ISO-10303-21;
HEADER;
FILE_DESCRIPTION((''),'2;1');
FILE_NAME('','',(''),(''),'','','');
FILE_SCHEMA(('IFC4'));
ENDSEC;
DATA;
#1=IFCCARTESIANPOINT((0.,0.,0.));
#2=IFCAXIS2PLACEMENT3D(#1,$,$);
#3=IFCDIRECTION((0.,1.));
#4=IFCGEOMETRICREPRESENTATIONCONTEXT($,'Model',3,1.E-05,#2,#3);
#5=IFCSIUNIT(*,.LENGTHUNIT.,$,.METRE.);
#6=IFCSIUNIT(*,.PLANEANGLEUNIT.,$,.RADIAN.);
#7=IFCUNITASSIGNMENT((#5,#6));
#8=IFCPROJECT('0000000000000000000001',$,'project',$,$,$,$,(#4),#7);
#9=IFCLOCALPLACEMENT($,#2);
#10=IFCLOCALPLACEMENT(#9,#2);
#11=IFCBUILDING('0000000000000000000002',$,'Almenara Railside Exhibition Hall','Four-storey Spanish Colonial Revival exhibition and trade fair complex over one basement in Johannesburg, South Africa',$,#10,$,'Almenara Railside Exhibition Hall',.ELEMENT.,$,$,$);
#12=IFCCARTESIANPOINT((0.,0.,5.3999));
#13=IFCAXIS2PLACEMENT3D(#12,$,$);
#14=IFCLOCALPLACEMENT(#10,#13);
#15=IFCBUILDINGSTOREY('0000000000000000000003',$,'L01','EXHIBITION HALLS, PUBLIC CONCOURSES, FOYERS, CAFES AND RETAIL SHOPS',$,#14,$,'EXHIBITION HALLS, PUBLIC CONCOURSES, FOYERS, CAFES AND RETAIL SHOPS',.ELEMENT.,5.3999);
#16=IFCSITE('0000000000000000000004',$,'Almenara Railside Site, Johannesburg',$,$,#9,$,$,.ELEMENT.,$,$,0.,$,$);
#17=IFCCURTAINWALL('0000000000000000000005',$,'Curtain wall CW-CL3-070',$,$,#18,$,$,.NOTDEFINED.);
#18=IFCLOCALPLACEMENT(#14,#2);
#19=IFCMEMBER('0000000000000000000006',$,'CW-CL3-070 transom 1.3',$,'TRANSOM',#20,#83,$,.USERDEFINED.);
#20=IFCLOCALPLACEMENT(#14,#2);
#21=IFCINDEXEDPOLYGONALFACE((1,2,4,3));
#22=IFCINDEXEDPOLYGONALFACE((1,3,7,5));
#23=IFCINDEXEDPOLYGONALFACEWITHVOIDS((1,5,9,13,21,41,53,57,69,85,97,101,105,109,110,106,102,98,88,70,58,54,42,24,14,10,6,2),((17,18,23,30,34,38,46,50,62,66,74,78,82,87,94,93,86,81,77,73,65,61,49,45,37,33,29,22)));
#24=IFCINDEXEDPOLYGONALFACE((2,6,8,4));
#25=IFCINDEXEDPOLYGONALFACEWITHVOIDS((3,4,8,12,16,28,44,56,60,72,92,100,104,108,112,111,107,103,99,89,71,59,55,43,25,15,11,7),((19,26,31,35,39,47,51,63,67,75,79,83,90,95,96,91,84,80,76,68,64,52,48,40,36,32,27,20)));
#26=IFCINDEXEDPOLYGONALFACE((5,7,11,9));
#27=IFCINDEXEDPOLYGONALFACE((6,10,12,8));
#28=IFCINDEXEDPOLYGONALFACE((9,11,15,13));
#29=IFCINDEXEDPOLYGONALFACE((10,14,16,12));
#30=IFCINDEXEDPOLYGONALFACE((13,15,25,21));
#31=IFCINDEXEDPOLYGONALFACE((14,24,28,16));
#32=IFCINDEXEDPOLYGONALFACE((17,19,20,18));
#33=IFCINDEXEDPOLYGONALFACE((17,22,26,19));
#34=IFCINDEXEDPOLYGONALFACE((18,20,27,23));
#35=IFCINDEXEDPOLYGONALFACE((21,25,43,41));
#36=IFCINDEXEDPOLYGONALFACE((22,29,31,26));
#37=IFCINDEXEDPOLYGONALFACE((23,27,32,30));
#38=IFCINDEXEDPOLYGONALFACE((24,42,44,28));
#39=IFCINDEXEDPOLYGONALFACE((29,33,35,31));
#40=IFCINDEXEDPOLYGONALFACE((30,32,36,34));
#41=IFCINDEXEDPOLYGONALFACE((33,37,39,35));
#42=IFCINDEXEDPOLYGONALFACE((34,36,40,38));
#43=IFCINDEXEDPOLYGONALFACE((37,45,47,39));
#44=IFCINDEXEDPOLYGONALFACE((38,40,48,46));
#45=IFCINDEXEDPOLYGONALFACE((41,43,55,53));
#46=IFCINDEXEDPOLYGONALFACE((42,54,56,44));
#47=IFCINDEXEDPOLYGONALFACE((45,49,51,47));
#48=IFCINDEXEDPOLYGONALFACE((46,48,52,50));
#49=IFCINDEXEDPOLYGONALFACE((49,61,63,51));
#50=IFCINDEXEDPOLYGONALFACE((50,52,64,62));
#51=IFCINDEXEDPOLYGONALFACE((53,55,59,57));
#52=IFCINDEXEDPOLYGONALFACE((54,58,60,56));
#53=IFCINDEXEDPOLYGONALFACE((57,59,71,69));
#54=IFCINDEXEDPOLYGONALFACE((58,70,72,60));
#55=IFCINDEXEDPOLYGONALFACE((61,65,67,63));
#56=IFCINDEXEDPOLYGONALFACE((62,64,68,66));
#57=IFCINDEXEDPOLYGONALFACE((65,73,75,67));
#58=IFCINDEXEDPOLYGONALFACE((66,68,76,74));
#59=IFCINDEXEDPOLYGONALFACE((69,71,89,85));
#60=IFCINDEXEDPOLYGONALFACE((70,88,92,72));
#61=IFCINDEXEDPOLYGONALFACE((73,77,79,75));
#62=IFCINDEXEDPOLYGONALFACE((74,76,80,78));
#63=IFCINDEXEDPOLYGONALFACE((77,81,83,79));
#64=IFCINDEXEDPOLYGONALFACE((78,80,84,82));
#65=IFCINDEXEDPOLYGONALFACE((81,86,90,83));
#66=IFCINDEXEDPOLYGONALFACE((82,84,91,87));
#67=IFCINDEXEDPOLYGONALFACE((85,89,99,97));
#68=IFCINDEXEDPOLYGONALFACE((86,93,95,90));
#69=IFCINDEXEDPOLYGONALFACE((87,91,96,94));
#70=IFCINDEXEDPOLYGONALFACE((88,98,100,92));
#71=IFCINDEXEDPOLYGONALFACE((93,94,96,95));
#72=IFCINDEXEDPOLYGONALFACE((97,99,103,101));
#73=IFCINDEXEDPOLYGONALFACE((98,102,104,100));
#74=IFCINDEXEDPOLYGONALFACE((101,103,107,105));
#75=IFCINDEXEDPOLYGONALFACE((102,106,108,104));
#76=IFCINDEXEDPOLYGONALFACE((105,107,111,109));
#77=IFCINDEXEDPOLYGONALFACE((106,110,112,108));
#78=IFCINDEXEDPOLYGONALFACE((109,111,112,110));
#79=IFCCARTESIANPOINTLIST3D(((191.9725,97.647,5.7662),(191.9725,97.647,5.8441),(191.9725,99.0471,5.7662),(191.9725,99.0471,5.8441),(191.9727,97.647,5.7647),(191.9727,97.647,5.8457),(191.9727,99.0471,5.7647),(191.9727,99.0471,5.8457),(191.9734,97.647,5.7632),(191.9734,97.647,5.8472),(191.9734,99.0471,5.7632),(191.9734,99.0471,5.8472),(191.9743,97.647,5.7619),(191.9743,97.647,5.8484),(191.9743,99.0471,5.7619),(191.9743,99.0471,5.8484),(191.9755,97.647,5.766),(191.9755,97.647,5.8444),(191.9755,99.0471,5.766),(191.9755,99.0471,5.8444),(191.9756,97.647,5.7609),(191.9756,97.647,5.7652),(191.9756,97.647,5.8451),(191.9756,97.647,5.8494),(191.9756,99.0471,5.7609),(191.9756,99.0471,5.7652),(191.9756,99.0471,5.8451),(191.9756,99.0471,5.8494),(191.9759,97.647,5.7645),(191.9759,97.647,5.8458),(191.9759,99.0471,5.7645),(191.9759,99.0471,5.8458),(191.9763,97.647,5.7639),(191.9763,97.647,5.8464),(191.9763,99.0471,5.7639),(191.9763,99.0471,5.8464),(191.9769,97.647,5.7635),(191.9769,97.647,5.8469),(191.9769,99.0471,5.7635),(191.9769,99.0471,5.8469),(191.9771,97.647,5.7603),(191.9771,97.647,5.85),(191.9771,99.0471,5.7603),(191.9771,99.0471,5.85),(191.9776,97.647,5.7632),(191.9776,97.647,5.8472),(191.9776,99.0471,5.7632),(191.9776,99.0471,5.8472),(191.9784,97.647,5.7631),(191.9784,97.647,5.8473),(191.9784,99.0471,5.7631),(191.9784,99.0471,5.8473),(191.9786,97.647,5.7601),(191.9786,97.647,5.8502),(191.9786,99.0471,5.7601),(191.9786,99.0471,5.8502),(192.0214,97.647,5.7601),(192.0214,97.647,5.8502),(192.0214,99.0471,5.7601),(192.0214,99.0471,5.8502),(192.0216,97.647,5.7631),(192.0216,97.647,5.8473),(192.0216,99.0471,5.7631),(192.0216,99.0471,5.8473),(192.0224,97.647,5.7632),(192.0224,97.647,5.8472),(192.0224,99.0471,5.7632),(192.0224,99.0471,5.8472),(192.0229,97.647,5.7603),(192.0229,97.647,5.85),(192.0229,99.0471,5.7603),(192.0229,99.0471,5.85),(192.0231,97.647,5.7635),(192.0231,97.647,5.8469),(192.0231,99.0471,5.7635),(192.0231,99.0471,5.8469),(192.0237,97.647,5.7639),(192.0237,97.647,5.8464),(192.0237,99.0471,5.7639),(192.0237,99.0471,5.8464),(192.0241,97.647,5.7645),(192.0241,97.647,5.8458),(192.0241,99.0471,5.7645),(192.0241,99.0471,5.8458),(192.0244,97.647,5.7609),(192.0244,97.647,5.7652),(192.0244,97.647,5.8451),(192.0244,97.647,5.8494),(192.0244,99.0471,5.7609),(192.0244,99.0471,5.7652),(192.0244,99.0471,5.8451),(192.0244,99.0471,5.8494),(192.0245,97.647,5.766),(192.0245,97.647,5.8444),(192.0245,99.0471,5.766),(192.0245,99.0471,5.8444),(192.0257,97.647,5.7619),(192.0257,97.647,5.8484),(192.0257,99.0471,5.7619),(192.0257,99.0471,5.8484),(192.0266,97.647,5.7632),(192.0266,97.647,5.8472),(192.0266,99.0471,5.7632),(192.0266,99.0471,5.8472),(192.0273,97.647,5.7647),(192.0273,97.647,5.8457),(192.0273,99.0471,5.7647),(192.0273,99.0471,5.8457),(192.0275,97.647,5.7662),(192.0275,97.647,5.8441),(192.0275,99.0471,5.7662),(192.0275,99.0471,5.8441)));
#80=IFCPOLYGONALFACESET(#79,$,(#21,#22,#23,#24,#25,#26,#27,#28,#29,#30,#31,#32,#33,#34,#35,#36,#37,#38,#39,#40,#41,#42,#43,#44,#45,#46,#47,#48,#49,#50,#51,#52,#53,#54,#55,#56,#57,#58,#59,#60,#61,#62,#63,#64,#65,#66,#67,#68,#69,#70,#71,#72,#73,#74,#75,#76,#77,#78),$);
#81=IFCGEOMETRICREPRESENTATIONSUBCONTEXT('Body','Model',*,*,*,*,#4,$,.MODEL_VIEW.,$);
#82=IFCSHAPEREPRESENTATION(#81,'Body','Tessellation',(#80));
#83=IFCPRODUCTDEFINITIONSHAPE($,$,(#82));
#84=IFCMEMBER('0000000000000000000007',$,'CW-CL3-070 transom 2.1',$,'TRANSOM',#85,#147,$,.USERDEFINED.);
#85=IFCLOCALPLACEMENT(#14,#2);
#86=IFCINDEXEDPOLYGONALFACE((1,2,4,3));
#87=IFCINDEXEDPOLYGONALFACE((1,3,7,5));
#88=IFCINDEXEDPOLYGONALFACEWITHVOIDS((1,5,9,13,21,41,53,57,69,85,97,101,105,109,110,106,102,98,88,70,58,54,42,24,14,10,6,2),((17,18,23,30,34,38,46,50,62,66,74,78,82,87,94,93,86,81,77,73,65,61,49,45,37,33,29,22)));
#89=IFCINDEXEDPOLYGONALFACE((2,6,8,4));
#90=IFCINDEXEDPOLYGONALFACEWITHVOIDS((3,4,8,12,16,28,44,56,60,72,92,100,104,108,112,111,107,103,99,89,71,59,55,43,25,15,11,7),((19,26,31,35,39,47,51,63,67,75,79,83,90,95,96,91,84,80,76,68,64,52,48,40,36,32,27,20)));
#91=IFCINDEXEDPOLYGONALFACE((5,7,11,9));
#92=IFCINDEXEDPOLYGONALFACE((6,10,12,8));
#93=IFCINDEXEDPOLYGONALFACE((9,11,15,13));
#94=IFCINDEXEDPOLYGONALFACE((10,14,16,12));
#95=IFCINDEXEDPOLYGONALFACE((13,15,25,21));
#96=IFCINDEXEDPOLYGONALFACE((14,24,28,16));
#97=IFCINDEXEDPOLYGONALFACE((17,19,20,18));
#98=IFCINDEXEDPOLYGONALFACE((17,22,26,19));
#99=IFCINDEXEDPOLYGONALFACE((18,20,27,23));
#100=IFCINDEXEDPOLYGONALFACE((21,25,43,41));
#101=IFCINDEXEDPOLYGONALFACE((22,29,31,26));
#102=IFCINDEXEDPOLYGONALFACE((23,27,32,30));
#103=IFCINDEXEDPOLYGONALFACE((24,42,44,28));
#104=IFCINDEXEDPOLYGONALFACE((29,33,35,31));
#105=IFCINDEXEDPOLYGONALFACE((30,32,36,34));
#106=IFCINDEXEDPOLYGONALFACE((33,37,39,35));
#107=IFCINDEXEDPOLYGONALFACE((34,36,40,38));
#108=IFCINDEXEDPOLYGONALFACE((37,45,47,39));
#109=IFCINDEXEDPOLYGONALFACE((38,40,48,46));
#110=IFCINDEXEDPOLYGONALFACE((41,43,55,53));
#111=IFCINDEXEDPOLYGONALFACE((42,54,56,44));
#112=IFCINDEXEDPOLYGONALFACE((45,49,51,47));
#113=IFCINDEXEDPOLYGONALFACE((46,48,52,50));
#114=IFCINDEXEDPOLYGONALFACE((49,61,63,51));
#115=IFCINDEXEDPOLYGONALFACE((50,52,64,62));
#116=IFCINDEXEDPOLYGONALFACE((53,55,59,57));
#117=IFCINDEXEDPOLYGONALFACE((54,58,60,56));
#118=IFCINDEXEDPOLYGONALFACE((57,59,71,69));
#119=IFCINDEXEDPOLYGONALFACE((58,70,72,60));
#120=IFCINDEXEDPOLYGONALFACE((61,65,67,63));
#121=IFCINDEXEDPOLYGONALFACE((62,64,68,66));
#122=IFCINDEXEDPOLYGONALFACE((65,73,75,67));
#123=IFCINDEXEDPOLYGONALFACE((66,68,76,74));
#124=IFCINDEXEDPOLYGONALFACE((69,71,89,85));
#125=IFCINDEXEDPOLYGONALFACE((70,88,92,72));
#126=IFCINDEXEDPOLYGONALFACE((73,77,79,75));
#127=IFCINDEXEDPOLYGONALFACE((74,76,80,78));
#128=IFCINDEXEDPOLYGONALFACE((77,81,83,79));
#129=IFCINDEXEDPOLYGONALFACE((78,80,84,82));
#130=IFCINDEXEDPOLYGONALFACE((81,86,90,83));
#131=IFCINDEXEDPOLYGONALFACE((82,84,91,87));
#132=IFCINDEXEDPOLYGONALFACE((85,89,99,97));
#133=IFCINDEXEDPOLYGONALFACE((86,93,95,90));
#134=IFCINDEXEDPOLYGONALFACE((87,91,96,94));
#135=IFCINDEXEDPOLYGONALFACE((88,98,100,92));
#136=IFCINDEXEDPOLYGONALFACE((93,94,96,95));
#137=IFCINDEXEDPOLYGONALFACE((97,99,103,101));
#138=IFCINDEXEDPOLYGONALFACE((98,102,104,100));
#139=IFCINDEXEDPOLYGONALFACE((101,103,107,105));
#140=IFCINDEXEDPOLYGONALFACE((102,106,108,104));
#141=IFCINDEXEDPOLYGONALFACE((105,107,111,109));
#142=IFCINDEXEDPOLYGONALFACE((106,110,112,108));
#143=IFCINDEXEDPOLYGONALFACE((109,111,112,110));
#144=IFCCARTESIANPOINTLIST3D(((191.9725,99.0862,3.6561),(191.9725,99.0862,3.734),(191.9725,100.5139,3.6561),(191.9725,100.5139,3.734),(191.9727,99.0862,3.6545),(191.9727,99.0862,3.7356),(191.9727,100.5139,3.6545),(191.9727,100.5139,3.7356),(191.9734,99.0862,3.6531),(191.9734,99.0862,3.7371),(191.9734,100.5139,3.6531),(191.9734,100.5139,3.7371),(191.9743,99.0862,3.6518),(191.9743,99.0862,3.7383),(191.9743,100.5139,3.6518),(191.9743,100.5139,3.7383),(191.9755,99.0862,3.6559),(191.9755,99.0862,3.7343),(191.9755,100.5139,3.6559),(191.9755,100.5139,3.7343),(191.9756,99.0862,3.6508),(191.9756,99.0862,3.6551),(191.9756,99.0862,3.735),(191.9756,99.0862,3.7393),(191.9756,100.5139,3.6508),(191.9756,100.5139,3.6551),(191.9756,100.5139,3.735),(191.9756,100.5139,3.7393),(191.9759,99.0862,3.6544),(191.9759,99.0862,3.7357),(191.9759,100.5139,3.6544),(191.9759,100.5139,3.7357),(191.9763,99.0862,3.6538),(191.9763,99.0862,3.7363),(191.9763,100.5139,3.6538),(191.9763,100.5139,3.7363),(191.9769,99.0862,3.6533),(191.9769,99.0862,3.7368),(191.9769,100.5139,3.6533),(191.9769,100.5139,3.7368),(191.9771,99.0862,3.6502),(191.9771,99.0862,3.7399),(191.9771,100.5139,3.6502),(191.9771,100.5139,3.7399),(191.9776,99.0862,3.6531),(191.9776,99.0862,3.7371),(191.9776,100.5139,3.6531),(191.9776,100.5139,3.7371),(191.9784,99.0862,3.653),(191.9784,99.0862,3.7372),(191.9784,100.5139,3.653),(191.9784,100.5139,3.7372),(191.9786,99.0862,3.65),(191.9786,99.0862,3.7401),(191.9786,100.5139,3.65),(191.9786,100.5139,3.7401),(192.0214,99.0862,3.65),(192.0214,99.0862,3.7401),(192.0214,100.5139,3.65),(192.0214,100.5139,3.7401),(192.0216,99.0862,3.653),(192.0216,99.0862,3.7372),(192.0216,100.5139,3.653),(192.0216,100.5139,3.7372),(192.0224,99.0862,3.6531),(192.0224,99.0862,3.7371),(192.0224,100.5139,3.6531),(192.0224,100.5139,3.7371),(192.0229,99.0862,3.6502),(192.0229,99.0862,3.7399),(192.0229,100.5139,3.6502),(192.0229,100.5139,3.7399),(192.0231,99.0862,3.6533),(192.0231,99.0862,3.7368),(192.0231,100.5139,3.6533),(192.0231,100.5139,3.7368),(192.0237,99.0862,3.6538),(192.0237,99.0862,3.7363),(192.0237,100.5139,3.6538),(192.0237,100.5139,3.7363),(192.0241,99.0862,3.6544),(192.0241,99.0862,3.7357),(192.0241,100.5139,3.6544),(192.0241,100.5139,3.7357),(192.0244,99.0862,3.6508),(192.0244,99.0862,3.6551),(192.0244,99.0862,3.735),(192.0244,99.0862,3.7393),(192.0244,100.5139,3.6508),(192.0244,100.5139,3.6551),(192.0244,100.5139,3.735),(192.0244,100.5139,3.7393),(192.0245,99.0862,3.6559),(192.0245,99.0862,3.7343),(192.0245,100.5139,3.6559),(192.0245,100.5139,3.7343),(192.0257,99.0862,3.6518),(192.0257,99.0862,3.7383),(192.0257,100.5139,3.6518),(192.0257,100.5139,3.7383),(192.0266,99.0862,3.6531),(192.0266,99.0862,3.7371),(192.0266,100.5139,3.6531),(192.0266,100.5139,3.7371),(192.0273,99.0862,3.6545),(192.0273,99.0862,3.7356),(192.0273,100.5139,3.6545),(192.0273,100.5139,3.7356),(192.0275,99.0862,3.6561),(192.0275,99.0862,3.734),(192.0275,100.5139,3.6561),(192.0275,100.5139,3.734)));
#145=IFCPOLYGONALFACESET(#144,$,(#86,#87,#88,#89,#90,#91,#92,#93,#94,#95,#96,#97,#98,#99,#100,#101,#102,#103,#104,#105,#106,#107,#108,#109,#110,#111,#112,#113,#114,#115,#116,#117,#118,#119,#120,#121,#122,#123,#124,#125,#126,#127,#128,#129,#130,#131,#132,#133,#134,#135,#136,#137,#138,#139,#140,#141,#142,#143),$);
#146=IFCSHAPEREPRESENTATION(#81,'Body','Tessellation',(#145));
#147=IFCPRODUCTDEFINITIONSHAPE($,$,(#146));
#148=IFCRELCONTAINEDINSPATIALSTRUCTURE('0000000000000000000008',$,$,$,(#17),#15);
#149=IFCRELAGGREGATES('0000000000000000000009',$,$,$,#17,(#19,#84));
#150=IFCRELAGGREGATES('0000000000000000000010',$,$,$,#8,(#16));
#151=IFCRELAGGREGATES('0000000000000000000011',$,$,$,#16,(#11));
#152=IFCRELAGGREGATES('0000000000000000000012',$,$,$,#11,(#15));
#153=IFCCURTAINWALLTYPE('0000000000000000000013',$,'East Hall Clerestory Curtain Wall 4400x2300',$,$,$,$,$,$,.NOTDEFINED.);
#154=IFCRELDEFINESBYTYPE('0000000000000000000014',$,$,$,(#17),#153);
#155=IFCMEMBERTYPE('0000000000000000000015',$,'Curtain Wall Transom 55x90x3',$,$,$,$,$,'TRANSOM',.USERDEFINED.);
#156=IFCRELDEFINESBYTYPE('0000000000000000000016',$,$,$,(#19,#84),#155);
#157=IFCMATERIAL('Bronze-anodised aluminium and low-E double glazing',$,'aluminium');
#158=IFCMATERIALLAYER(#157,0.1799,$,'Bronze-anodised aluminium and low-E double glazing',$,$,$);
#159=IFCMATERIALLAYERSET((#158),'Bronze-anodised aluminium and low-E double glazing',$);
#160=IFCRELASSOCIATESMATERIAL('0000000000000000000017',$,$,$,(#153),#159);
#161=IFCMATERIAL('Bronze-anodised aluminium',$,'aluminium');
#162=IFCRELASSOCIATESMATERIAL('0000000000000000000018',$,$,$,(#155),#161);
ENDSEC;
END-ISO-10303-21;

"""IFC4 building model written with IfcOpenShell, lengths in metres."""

from ifc_helpers import new_model, si_unit, direction, frame, origin, origin_2d, place, context, subcontext, project, spatial, hollow_rectangle, extrude, material, layer, layer_set, material_profile, profile_set, type_object, element, aggregate, save


model = new_model("IFC4")

# Units and contexts
model_context = context("Model", 3, precision=1e-05, world=origin(), true_north=direction((0.0, 1.0)))
body_context = subcontext(model_context, "Body", "Model", "MODEL_VIEW")
ifc_project = project(units=[si_unit("LENGTHUNIT", "METRE"), si_unit("PLANEANGLEUNIT", "RADIAN")], contexts=[model_context])

# Site, building, storey
site_placement = place(None, origin())
site = spatial("IfcSite", under=ifc_project, at=site_placement, Name="Almenara Railside Site, Johannesburg", CompositionType="ELEMENT", RefElevation=0.0)
building_placement = place(site_placement, origin())
building = spatial("IfcBuilding", under=site, at=building_placement, Name="Almenara Railside Exhibition Hall", Description="Four-storey Spanish Colonial Revival exhibition and trade fair complex over one basement in Johannesburg, South Africa", LongName="Almenara Railside Exhibition Hall", CompositionType="ELEMENT")
storey_placement = place(building_placement, frame((0.0, 0.0, 5.3999)))
storey = spatial("IfcBuildingStorey", under=building, at=storey_placement, Name="L01", Description="EXHIBITION HALLS, PUBLIC CONCOURSES, FOYERS, CAFES AND RETAIL SHOPS", LongName="EXHIBITION HALLS, PUBLIC CONCOURSES, FOYERS, CAFES AND RETAIL SHOPS", CompositionType="ELEMENT", Elevation=5.3999)

# Curtain wall
ifc_material_1 = material(Name="Bronze-anodised aluminium and low-E double glazing", Category="aluminium")
ifc_layer_1 = layer(ifc_material_1, 0.1799, Name="Bronze-anodised aluminium and low-E double glazing")
ifc_layer_set_1 = layer_set([ifc_layer_1], Name="Bronze-anodised aluminium and low-E double glazing")
curtain_wall_type = type_object("IfcCurtainWallType", Name="East Hall Clerestory Curtain Wall 4400x2300", PredefinedType="NOTDEFINED", material=ifc_layer_set_1)
curtain_wall_1_placement = place(storey_placement, origin())
curtain_wall_1 = element("IfcCurtainWall", 1, at=curtain_wall_1_placement, inside=storey, type_object=curtain_wall_type, Name="Curtain wall CW-CL3-070", PredefinedType="NOTDEFINED")
ifc_material_2 = material(Name="Bronze-anodised aluminium", Category="aluminium")

# Members
ifc_material_profile_1 = material_profile(ifc_material_2, hollow_rectangle(XDim=0.0549, YDim=0.0901, WallThickness=0.0029, InnerFilletRadius=0.0029, OuterFilletRadius=0.0061, at=origin_2d()), Name="ALU-TRN 55x90x3")
ifc_profile_set_1 = profile_set([ifc_material_profile_1], Name="Bronze-anodised aluminium")
member_type_1 = type_object("IfcMemberType", Name="Curtain Wall Transom 55x90x3", ElementType="TRANSOM", PredefinedType="USERDEFINED", material=ifc_profile_set_1)
member_1_placement = place(storey_placement, frame((192.0, 97.647, 5.8052), z_axis=(0.0, 1.0, 0.0), x_axis=(-1.0, 0.0, 0.0)))
member_1 = element("IfcMember", 2, at=member_1_placement, type_object=member_type_1, Name="CW-CL3-070 transom 1.3", ObjectType="TRANSOM", PredefinedType="USERDEFINED", context=body_context, shape_type="SweptSolid", body=[
    extrude(hollow_rectangle(XDim=0.0549, YDim=0.0901, WallThickness=0.0029, InnerFilletRadius=0.0029, OuterFilletRadius=0.0061, at=origin_2d()), origin(), (0.0, 0.0, 1.0), 1.4001),
])
member_2_placement = place(storey_placement, frame((192.0, 99.0862, 3.6951), z_axis=(0.0, 1.0, 0.0), x_axis=(-1.0, 0.0, 0.0)))
member_2 = element("IfcMember", 3, at=member_2_placement, type_object=member_type_1, Name="CW-CL3-070 transom 2.1", ObjectType="TRANSOM", PredefinedType="USERDEFINED", context=body_context, shape_type="SweptSolid", body=[
    extrude(hollow_rectangle(XDim=0.0549, YDim=0.0901, WallThickness=0.0029, InnerFilletRadius=0.0029, OuterFilletRadius=0.0061, at=origin_2d()), origin(), (0.0, 0.0, 1.0), 1.4277),
])

aggregate(curtain_wall_1, [member_1, member_2])

save(model, "model.ifc")
